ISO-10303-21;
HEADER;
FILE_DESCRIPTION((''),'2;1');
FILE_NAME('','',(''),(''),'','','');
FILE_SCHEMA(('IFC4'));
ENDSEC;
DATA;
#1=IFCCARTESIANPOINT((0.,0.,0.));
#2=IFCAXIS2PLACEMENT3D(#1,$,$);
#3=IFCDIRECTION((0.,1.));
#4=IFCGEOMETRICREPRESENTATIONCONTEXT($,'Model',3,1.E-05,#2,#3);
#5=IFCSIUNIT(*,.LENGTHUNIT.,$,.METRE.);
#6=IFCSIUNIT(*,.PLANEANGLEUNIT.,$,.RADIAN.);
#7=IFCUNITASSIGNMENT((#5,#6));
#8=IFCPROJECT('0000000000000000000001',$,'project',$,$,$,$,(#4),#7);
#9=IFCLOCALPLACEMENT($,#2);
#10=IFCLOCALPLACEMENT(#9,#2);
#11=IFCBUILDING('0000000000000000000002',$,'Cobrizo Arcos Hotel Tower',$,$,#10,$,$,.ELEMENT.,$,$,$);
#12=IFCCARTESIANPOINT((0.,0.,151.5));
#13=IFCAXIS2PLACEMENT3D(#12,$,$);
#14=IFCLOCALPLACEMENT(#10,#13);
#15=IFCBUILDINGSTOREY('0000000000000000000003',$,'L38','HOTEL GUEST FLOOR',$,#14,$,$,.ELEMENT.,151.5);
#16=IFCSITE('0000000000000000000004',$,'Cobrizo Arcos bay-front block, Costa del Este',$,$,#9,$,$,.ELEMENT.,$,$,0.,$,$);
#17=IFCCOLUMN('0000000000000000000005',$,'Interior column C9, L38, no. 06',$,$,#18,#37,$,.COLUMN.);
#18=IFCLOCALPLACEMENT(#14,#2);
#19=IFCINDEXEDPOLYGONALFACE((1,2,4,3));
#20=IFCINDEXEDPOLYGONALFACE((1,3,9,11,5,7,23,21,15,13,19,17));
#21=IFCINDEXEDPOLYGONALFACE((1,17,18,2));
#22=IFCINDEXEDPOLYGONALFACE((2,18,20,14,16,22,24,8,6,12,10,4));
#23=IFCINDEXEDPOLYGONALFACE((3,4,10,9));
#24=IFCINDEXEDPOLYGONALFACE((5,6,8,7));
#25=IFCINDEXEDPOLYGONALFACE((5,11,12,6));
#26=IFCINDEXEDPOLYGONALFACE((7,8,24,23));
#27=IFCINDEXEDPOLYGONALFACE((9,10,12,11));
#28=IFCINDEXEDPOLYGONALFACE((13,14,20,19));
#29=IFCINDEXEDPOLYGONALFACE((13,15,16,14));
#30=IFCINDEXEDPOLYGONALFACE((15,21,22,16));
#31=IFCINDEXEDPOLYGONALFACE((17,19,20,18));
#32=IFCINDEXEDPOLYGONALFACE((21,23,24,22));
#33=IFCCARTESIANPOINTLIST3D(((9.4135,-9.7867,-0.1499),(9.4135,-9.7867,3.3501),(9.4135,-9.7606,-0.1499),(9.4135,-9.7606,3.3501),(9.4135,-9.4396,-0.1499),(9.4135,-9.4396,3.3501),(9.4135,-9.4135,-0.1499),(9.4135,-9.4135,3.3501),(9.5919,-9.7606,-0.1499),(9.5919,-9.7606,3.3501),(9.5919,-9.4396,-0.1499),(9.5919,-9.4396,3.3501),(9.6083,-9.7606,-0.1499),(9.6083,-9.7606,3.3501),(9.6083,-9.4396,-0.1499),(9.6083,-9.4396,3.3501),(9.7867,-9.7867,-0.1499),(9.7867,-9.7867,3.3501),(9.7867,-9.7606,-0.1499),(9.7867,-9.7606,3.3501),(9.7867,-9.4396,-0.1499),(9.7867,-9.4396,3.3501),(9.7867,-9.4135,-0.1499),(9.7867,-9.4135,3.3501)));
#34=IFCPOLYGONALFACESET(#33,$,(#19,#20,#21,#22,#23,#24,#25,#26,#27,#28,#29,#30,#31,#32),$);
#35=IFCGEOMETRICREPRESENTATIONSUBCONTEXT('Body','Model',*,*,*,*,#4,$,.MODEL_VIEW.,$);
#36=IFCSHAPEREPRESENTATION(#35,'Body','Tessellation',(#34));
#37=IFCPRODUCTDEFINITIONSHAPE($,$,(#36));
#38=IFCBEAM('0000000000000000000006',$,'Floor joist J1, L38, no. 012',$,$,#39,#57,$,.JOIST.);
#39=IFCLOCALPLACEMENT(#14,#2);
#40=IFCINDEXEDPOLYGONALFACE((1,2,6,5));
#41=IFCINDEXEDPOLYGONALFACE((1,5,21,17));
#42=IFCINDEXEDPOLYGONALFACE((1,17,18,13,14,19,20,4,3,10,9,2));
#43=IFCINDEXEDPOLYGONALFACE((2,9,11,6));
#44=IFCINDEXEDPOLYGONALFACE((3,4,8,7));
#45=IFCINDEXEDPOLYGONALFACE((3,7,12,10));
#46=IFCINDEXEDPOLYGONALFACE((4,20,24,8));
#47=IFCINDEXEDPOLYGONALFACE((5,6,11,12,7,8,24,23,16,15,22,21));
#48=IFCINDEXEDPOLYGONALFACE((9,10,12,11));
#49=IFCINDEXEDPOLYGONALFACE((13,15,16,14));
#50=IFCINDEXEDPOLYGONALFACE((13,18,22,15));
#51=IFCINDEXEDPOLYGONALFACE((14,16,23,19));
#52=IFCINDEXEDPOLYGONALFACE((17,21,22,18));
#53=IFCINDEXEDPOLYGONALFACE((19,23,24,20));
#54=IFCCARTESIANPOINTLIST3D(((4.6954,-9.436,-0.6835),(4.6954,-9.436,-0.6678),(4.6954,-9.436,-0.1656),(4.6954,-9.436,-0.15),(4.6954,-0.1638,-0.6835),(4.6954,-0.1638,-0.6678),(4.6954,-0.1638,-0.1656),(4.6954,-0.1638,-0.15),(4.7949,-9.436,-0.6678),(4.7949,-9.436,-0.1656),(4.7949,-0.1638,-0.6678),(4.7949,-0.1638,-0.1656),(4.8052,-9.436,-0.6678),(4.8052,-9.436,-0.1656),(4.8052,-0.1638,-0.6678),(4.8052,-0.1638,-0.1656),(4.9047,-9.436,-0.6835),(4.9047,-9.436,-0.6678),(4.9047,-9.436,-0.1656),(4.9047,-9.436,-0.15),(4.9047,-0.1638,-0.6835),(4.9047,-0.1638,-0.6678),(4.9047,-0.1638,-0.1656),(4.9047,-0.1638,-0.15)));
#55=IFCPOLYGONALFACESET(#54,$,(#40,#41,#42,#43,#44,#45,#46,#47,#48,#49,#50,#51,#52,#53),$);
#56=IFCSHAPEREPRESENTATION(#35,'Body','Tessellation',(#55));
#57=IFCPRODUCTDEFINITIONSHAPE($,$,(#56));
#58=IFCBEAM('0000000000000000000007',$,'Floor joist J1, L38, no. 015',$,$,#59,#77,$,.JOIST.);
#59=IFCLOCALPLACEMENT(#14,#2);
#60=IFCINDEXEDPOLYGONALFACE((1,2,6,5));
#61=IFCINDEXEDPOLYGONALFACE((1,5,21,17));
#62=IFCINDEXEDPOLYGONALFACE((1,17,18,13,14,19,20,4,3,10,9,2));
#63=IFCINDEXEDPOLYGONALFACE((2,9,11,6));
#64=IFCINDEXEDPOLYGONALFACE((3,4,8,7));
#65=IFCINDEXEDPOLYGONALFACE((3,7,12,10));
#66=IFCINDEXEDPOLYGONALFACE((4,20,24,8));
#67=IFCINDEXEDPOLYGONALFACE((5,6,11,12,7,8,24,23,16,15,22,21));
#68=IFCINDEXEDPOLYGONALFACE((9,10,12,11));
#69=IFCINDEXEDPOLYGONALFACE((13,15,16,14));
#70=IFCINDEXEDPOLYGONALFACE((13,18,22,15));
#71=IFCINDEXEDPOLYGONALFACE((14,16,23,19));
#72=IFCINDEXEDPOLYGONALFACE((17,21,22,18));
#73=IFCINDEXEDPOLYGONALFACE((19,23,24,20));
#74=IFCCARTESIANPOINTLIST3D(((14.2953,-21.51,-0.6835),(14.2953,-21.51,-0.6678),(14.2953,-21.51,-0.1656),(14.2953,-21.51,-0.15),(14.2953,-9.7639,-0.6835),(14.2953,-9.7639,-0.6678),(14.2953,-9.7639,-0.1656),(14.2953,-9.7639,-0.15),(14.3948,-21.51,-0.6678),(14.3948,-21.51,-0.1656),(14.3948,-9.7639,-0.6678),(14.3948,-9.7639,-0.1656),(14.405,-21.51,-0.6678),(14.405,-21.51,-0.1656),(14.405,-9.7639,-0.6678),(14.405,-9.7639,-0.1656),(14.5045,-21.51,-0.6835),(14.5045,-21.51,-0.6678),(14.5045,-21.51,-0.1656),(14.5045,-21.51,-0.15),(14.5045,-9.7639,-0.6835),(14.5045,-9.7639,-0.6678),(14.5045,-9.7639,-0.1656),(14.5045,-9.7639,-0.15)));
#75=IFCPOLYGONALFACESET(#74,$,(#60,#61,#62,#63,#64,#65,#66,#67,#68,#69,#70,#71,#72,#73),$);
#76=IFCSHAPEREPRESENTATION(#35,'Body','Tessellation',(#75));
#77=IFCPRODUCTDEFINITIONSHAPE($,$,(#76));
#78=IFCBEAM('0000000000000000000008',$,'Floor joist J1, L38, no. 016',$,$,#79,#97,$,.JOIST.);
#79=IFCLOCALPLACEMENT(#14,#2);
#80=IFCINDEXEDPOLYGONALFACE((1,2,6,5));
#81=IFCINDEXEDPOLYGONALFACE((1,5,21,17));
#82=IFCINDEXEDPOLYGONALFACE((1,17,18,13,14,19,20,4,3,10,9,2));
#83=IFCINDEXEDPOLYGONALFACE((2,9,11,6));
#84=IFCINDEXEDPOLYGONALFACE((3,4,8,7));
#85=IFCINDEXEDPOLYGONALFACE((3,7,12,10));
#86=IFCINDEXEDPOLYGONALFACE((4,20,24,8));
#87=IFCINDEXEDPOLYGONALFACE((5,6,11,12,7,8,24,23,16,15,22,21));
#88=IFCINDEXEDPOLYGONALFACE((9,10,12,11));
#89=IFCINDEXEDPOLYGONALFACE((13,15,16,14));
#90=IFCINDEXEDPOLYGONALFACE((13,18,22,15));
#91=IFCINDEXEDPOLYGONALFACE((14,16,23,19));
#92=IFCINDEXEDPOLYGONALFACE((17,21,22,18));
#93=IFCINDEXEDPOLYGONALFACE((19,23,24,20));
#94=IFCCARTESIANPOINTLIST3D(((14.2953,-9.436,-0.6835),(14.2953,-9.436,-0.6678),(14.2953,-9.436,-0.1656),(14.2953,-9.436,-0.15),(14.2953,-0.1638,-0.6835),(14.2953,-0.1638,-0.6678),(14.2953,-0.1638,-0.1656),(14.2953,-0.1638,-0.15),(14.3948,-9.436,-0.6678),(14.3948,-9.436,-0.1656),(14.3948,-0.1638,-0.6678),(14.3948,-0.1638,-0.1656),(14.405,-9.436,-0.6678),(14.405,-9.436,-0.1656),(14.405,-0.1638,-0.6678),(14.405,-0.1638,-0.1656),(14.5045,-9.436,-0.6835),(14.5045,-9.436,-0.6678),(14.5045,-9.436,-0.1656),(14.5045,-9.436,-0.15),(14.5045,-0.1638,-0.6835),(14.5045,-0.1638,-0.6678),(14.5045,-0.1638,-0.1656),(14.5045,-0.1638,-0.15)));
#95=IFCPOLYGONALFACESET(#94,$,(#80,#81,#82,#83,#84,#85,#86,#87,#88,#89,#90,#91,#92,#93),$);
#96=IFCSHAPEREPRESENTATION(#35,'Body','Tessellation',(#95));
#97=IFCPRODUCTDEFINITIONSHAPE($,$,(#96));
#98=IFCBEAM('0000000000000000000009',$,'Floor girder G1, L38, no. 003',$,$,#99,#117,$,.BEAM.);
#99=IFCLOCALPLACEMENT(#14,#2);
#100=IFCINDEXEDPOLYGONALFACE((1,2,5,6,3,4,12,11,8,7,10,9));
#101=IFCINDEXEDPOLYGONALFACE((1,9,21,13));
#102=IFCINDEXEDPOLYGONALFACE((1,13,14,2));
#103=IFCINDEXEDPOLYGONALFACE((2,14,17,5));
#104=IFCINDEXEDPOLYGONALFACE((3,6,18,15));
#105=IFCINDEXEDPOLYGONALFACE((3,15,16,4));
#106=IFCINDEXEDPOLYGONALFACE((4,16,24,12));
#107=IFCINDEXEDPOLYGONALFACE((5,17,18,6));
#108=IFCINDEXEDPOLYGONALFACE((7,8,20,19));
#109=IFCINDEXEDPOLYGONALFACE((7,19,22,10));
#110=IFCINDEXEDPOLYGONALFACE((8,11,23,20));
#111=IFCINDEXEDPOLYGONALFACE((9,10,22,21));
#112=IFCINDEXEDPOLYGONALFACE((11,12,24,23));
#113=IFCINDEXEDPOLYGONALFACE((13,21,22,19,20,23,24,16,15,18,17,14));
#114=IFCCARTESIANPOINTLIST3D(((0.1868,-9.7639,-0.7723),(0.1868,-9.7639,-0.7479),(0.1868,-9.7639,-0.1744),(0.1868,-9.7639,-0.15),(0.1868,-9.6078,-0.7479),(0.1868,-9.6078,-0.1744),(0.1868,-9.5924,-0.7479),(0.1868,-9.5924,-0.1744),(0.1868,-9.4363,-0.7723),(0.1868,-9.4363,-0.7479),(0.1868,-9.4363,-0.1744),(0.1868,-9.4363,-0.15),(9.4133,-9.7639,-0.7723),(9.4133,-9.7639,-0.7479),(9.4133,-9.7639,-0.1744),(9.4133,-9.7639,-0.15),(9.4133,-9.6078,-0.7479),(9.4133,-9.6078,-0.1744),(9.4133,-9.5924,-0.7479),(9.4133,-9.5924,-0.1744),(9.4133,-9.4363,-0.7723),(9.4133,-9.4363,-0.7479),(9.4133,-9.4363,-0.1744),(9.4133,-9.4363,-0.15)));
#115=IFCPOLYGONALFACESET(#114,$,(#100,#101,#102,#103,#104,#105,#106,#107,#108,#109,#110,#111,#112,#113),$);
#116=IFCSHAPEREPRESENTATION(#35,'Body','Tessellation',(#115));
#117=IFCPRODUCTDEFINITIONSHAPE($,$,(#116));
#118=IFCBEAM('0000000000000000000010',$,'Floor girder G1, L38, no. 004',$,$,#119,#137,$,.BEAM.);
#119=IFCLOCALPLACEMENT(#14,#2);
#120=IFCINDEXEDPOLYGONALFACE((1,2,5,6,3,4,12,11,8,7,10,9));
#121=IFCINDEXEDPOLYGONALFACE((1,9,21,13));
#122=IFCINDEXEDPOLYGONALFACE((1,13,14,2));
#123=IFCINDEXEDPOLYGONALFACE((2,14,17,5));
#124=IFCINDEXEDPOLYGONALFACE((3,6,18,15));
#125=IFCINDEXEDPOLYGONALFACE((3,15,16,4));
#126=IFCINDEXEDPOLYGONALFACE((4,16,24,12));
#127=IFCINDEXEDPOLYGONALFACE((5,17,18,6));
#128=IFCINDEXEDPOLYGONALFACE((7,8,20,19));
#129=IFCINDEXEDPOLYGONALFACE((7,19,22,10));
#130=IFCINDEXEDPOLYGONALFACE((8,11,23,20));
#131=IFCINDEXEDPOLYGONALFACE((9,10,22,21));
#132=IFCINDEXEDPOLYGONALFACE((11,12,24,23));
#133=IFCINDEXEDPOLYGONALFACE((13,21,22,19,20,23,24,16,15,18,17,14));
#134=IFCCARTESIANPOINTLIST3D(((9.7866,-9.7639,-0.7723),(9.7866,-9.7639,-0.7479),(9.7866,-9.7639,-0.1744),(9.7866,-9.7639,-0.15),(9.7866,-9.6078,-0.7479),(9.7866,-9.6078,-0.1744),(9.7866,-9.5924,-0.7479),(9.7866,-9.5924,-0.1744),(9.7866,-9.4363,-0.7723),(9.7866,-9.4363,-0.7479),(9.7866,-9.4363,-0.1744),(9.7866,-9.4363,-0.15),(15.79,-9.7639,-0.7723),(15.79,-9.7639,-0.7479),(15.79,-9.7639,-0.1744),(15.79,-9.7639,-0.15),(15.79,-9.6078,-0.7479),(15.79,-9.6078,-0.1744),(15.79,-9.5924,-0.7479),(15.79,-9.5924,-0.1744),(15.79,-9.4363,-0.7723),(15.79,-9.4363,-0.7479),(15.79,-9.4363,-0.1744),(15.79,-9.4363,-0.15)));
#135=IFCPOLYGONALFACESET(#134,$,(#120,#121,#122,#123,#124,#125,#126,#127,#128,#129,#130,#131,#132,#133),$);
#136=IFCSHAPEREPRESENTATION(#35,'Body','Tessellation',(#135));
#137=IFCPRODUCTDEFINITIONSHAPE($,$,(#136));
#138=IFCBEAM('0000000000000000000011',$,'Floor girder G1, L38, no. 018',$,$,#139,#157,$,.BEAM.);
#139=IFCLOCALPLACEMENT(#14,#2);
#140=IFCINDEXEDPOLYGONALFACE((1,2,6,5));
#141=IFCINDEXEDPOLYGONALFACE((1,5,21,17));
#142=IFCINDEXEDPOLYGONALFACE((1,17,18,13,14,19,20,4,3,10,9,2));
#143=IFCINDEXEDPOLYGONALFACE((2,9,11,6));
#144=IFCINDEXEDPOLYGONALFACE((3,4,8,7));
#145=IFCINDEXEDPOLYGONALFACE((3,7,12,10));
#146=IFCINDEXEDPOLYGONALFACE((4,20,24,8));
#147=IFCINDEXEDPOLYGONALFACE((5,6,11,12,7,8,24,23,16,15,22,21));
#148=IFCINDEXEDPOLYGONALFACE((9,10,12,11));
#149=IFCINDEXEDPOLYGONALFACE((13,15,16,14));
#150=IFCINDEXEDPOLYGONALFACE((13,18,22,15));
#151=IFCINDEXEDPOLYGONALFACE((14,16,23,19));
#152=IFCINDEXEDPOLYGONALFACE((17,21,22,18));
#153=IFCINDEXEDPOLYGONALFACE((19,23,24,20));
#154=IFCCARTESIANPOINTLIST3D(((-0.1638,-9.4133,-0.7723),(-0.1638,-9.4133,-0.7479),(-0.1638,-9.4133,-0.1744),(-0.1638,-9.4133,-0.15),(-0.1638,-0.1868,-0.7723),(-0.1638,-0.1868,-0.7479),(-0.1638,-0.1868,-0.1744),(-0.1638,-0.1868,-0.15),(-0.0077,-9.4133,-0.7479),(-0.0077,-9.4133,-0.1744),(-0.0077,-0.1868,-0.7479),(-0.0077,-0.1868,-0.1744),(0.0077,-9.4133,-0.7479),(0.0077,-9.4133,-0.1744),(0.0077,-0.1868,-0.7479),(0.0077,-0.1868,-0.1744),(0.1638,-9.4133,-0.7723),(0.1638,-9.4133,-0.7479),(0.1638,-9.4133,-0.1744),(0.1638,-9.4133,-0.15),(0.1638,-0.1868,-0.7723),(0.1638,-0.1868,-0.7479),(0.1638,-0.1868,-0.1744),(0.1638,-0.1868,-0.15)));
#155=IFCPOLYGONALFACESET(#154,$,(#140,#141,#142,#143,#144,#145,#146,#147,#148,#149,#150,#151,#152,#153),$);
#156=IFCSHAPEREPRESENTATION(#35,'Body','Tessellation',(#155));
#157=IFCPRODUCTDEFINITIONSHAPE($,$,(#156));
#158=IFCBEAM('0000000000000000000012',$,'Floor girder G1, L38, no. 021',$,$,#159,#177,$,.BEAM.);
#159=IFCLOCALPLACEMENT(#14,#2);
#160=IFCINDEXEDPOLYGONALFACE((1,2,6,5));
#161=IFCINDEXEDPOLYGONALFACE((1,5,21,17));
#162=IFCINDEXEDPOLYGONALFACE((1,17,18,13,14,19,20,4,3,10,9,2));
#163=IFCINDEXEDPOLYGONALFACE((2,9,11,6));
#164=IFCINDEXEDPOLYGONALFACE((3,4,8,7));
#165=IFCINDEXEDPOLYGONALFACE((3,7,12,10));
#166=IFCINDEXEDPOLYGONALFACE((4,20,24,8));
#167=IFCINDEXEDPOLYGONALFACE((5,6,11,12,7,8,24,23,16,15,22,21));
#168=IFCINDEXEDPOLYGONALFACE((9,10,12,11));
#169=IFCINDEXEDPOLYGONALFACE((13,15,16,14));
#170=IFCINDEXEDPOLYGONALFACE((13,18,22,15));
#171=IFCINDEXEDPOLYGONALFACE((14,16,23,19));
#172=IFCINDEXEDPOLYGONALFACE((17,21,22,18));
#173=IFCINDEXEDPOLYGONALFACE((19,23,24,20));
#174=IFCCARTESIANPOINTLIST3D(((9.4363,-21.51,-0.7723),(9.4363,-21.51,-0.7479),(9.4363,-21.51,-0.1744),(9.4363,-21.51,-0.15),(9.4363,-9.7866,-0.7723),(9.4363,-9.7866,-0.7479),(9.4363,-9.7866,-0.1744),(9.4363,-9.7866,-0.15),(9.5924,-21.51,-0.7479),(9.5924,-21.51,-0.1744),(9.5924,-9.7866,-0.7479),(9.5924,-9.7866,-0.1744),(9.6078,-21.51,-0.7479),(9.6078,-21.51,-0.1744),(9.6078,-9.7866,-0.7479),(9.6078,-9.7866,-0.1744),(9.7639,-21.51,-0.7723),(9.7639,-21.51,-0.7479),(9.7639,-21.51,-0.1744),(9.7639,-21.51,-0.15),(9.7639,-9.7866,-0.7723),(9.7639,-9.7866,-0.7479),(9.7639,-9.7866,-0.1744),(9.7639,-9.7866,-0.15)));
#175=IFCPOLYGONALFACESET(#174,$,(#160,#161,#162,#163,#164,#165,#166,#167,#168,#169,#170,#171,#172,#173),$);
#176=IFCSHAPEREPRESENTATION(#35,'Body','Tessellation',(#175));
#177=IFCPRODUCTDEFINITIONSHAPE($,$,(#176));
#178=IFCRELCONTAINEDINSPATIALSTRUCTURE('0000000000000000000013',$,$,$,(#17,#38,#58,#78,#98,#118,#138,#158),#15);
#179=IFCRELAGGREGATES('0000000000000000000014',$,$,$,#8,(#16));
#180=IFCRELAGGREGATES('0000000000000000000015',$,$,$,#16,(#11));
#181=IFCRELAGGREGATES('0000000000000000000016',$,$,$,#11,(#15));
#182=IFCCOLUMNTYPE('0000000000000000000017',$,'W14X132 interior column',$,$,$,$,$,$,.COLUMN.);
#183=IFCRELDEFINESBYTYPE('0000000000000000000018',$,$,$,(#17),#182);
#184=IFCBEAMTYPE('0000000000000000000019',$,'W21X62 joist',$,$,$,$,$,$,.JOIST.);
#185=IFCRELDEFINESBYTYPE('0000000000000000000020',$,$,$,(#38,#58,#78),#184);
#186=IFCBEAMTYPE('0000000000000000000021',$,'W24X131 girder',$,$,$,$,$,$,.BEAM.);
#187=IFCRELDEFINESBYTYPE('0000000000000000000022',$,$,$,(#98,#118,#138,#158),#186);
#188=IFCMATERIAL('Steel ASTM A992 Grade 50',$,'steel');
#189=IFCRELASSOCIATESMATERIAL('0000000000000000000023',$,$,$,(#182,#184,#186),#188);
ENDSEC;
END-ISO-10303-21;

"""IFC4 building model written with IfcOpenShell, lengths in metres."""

from ifc_helpers import new_model, si_unit, direction, frame, origin, origin_2d, place, context, subcontext, project, spatial, i_section, extrude, material, material_profile, profile_set, type_object, element, save


model = new_model("IFC4")

# Units and contexts
model_context = context("Model", 3, precision=1e-05, world=origin(), true_north=direction((0.0, 1.0)))
body_context = subcontext(model_context, "Body", "Model", "MODEL_VIEW")
ifc_project = project(units=[si_unit("LENGTHUNIT", "METRE"), si_unit("PLANEANGLEUNIT", "RADIAN")], contexts=[model_context])

# Site, building, storey
site_placement = place(None, origin())
site = spatial("IfcSite", under=ifc_project, at=site_placement, Name="Cobrizo Arcos bay-front block, Costa del Este", CompositionType="ELEMENT", RefElevation=0.0)
building_placement = place(site_placement, origin())
building = spatial("IfcBuilding", under=site, at=building_placement, Name="Cobrizo Arcos Hotel Tower", CompositionType="ELEMENT")
storey_placement = place(building_placement, frame((0.0, 0.0, 151.5)))
storey = spatial("IfcBuildingStorey", under=building, at=storey_placement, Name="L38", Description="HOTEL GUEST FLOOR", CompositionType="ELEMENT", Elevation=151.5)

# Column
ifc_material_1 = material(Name="Steel ASTM A992 Grade 50", Category="steel")
ifc_material_profile_1 = material_profile(ifc_material_1, i_section(OverallWidth=0.3733, OverallDepth=0.3733, WebThickness=0.0164, FlangeThickness=0.0261, at=origin_2d()), Name="W14X132")
ifc_profile_set_1 = profile_set([ifc_material_profile_1], Name="Steel ASTM A992 Grade 50")
column_type = type_object("IfcColumnType", Name="W14X132 interior column", PredefinedType="COLUMN", material=ifc_profile_set_1)
column_placement = place(storey_placement, frame((9.6001, -9.6001, -0.1499), z_axis=(0.0, 0.0, 1.0), x_axis=(1.0, 0.0, 0.0)))
element("IfcColumn", 1, at=column_placement, inside=storey, type_object=column_type, Name="Interior column C9, L38, no. 06", PredefinedType="COLUMN", context=body_context, shape_type="SweptSolid", body=[
    extrude(i_section(OverallWidth=0.3733, OverallDepth=0.3733, WebThickness=0.0164, FlangeThickness=0.0261, at=origin_2d()), origin(), (0.0, 0.0, 1.0), 3.5),
])

# Beams
ifc_material_profile_2 = material_profile(ifc_material_1, i_section(OverallWidth=0.2092, OverallDepth=0.5334, WebThickness=0.0103, FlangeThickness=0.0156, at=origin_2d()), Name="W21X62")
ifc_profile_set_2 = profile_set([ifc_material_profile_2], Name="Steel ASTM A992 Grade 50")
beam_type_1 = type_object("IfcBeamType", Name="W21X62 joist", PredefinedType="JOIST", material=ifc_profile_set_2)
beam_1_placement = place(storey_placement, frame((4.8, -9.436, -0.4167), z_axis=(0.0, 1.0, 0.0), x_axis=(-1.0, 0.0, 0.0)))
element("IfcBeam", 2, at=beam_1_placement, inside=storey, type_object=beam_type_1, Name="Floor joist J1, L38, no. 012", PredefinedType="JOIST", context=body_context, shape_type="SweptSolid", body=[
    extrude(i_section(OverallWidth=0.2092, OverallDepth=0.5334, WebThickness=0.0103, FlangeThickness=0.0156, at=origin_2d()), origin(), (0.0, 0.0, 1.0), 9.2722),
])
beam_2_placement = place(storey_placement, frame((14.3999, -21.51, -0.4167), z_axis=(0.0, 1.0, 0.0), x_axis=(-1.0, 0.0, 0.0)))
element("IfcBeam", 3, at=beam_2_placement, inside=storey, type_object=beam_type_1, Name="Floor joist J1, L38, no. 015", PredefinedType="JOIST", context=body_context, shape_type="SweptSolid", body=[
    extrude(i_section(OverallWidth=0.2092, OverallDepth=0.5334, WebThickness=0.0103, FlangeThickness=0.0156, at=origin_2d()), origin(), (0.0, 0.0, 1.0), 11.7461),
])
beam_3_placement = place(storey_placement, frame((14.3999, -9.436, -0.4167), z_axis=(0.0, 1.0, 0.0), x_axis=(-1.0, 0.0, 0.0)))
element("IfcBeam", 4, at=beam_3_placement, inside=storey, type_object=beam_type_1, Name="Floor joist J1, L38, no. 016", PredefinedType="JOIST", context=body_context, shape_type="SweptSolid", body=[
    extrude(i_section(OverallWidth=0.2092, OverallDepth=0.5334, WebThickness=0.0103, FlangeThickness=0.0156, at=origin_2d()), origin(), (0.0, 0.0, 1.0), 9.2722),
])
ifc_material_profile_3 = material_profile(ifc_material_1, i_section(OverallWidth=0.3276, OverallDepth=0.6223, WebThickness=0.0154, FlangeThickness=0.0244, at=origin_2d()), Name="W24X131")
ifc_profile_set_3 = profile_set([ifc_material_profile_3], Name="Steel ASTM A992 Grade 50")
beam_type_2 = type_object("IfcBeamType", Name="W24X131 girder", PredefinedType="BEAM", material=ifc_profile_set_3)
beam_4_placement = place(storey_placement, frame((0.1868, -9.6001, -0.4612), z_axis=(1.0, 0.0, 0.0), x_axis=(0.0, 1.0, 0.0)))
element("IfcBeam", 5, at=beam_4_placement, inside=storey, type_object=beam_type_2, Name="Floor girder G1, L38, no. 003", PredefinedType="BEAM", context=body_context, shape_type="SweptSolid", body=[
    extrude(i_section(OverallWidth=0.3276, OverallDepth=0.6223, WebThickness=0.0154, FlangeThickness=0.0244, at=origin_2d()), origin(), (0.0, 0.0, 1.0), 9.2266),
])
beam_5_placement = place(storey_placement, frame((9.7866, -9.6001, -0.4612), z_axis=(1.0, 0.0, 0.0), x_axis=(0.0, 1.0, 0.0)))
element("IfcBeam", 6, at=beam_5_placement, inside=storey, type_object=beam_type_2, Name="Floor girder G1, L38, no. 004", PredefinedType="BEAM", context=body_context, shape_type="SweptSolid", body=[
    extrude(i_section(OverallWidth=0.3276, OverallDepth=0.6223, WebThickness=0.0154, FlangeThickness=0.0244, at=origin_2d()), origin(), (0.0, 0.0, 1.0), 6.0034),
])
beam_6_placement = place(storey_placement, frame((0.0, -9.4133, -0.4612), z_axis=(0.0, 1.0, 0.0), x_axis=(-1.0, 0.0, 0.0)))
element("IfcBeam", 7, at=beam_6_placement, inside=storey, type_object=beam_type_2, Name="Floor girder G1, L38, no. 018", PredefinedType="BEAM", context=body_context, shape_type="SweptSolid", body=[
    extrude(i_section(OverallWidth=0.3276, OverallDepth=0.6223, WebThickness=0.0154, FlangeThickness=0.0244, at=origin_2d()), origin(), (0.0, 0.0, 1.0), 9.2266),
])
beam_7_placement = place(storey_placement, frame((9.6001, -21.51, -0.4612), z_axis=(0.0, 1.0, 0.0), x_axis=(-1.0, 0.0, 0.0)))
element("IfcBeam", 8, at=beam_7_placement, inside=storey, type_object=beam_type_2, Name="Floor girder G1, L38, no. 021", PredefinedType="BEAM", context=body_context, shape_type="SweptSolid", body=[
    extrude(i_section(OverallWidth=0.3276, OverallDepth=0.6223, WebThickness=0.0154, FlangeThickness=0.0244, at=origin_2d()), origin(), (0.0, 0.0, 1.0), 11.7234),
])

save(model, "model.ifc")
